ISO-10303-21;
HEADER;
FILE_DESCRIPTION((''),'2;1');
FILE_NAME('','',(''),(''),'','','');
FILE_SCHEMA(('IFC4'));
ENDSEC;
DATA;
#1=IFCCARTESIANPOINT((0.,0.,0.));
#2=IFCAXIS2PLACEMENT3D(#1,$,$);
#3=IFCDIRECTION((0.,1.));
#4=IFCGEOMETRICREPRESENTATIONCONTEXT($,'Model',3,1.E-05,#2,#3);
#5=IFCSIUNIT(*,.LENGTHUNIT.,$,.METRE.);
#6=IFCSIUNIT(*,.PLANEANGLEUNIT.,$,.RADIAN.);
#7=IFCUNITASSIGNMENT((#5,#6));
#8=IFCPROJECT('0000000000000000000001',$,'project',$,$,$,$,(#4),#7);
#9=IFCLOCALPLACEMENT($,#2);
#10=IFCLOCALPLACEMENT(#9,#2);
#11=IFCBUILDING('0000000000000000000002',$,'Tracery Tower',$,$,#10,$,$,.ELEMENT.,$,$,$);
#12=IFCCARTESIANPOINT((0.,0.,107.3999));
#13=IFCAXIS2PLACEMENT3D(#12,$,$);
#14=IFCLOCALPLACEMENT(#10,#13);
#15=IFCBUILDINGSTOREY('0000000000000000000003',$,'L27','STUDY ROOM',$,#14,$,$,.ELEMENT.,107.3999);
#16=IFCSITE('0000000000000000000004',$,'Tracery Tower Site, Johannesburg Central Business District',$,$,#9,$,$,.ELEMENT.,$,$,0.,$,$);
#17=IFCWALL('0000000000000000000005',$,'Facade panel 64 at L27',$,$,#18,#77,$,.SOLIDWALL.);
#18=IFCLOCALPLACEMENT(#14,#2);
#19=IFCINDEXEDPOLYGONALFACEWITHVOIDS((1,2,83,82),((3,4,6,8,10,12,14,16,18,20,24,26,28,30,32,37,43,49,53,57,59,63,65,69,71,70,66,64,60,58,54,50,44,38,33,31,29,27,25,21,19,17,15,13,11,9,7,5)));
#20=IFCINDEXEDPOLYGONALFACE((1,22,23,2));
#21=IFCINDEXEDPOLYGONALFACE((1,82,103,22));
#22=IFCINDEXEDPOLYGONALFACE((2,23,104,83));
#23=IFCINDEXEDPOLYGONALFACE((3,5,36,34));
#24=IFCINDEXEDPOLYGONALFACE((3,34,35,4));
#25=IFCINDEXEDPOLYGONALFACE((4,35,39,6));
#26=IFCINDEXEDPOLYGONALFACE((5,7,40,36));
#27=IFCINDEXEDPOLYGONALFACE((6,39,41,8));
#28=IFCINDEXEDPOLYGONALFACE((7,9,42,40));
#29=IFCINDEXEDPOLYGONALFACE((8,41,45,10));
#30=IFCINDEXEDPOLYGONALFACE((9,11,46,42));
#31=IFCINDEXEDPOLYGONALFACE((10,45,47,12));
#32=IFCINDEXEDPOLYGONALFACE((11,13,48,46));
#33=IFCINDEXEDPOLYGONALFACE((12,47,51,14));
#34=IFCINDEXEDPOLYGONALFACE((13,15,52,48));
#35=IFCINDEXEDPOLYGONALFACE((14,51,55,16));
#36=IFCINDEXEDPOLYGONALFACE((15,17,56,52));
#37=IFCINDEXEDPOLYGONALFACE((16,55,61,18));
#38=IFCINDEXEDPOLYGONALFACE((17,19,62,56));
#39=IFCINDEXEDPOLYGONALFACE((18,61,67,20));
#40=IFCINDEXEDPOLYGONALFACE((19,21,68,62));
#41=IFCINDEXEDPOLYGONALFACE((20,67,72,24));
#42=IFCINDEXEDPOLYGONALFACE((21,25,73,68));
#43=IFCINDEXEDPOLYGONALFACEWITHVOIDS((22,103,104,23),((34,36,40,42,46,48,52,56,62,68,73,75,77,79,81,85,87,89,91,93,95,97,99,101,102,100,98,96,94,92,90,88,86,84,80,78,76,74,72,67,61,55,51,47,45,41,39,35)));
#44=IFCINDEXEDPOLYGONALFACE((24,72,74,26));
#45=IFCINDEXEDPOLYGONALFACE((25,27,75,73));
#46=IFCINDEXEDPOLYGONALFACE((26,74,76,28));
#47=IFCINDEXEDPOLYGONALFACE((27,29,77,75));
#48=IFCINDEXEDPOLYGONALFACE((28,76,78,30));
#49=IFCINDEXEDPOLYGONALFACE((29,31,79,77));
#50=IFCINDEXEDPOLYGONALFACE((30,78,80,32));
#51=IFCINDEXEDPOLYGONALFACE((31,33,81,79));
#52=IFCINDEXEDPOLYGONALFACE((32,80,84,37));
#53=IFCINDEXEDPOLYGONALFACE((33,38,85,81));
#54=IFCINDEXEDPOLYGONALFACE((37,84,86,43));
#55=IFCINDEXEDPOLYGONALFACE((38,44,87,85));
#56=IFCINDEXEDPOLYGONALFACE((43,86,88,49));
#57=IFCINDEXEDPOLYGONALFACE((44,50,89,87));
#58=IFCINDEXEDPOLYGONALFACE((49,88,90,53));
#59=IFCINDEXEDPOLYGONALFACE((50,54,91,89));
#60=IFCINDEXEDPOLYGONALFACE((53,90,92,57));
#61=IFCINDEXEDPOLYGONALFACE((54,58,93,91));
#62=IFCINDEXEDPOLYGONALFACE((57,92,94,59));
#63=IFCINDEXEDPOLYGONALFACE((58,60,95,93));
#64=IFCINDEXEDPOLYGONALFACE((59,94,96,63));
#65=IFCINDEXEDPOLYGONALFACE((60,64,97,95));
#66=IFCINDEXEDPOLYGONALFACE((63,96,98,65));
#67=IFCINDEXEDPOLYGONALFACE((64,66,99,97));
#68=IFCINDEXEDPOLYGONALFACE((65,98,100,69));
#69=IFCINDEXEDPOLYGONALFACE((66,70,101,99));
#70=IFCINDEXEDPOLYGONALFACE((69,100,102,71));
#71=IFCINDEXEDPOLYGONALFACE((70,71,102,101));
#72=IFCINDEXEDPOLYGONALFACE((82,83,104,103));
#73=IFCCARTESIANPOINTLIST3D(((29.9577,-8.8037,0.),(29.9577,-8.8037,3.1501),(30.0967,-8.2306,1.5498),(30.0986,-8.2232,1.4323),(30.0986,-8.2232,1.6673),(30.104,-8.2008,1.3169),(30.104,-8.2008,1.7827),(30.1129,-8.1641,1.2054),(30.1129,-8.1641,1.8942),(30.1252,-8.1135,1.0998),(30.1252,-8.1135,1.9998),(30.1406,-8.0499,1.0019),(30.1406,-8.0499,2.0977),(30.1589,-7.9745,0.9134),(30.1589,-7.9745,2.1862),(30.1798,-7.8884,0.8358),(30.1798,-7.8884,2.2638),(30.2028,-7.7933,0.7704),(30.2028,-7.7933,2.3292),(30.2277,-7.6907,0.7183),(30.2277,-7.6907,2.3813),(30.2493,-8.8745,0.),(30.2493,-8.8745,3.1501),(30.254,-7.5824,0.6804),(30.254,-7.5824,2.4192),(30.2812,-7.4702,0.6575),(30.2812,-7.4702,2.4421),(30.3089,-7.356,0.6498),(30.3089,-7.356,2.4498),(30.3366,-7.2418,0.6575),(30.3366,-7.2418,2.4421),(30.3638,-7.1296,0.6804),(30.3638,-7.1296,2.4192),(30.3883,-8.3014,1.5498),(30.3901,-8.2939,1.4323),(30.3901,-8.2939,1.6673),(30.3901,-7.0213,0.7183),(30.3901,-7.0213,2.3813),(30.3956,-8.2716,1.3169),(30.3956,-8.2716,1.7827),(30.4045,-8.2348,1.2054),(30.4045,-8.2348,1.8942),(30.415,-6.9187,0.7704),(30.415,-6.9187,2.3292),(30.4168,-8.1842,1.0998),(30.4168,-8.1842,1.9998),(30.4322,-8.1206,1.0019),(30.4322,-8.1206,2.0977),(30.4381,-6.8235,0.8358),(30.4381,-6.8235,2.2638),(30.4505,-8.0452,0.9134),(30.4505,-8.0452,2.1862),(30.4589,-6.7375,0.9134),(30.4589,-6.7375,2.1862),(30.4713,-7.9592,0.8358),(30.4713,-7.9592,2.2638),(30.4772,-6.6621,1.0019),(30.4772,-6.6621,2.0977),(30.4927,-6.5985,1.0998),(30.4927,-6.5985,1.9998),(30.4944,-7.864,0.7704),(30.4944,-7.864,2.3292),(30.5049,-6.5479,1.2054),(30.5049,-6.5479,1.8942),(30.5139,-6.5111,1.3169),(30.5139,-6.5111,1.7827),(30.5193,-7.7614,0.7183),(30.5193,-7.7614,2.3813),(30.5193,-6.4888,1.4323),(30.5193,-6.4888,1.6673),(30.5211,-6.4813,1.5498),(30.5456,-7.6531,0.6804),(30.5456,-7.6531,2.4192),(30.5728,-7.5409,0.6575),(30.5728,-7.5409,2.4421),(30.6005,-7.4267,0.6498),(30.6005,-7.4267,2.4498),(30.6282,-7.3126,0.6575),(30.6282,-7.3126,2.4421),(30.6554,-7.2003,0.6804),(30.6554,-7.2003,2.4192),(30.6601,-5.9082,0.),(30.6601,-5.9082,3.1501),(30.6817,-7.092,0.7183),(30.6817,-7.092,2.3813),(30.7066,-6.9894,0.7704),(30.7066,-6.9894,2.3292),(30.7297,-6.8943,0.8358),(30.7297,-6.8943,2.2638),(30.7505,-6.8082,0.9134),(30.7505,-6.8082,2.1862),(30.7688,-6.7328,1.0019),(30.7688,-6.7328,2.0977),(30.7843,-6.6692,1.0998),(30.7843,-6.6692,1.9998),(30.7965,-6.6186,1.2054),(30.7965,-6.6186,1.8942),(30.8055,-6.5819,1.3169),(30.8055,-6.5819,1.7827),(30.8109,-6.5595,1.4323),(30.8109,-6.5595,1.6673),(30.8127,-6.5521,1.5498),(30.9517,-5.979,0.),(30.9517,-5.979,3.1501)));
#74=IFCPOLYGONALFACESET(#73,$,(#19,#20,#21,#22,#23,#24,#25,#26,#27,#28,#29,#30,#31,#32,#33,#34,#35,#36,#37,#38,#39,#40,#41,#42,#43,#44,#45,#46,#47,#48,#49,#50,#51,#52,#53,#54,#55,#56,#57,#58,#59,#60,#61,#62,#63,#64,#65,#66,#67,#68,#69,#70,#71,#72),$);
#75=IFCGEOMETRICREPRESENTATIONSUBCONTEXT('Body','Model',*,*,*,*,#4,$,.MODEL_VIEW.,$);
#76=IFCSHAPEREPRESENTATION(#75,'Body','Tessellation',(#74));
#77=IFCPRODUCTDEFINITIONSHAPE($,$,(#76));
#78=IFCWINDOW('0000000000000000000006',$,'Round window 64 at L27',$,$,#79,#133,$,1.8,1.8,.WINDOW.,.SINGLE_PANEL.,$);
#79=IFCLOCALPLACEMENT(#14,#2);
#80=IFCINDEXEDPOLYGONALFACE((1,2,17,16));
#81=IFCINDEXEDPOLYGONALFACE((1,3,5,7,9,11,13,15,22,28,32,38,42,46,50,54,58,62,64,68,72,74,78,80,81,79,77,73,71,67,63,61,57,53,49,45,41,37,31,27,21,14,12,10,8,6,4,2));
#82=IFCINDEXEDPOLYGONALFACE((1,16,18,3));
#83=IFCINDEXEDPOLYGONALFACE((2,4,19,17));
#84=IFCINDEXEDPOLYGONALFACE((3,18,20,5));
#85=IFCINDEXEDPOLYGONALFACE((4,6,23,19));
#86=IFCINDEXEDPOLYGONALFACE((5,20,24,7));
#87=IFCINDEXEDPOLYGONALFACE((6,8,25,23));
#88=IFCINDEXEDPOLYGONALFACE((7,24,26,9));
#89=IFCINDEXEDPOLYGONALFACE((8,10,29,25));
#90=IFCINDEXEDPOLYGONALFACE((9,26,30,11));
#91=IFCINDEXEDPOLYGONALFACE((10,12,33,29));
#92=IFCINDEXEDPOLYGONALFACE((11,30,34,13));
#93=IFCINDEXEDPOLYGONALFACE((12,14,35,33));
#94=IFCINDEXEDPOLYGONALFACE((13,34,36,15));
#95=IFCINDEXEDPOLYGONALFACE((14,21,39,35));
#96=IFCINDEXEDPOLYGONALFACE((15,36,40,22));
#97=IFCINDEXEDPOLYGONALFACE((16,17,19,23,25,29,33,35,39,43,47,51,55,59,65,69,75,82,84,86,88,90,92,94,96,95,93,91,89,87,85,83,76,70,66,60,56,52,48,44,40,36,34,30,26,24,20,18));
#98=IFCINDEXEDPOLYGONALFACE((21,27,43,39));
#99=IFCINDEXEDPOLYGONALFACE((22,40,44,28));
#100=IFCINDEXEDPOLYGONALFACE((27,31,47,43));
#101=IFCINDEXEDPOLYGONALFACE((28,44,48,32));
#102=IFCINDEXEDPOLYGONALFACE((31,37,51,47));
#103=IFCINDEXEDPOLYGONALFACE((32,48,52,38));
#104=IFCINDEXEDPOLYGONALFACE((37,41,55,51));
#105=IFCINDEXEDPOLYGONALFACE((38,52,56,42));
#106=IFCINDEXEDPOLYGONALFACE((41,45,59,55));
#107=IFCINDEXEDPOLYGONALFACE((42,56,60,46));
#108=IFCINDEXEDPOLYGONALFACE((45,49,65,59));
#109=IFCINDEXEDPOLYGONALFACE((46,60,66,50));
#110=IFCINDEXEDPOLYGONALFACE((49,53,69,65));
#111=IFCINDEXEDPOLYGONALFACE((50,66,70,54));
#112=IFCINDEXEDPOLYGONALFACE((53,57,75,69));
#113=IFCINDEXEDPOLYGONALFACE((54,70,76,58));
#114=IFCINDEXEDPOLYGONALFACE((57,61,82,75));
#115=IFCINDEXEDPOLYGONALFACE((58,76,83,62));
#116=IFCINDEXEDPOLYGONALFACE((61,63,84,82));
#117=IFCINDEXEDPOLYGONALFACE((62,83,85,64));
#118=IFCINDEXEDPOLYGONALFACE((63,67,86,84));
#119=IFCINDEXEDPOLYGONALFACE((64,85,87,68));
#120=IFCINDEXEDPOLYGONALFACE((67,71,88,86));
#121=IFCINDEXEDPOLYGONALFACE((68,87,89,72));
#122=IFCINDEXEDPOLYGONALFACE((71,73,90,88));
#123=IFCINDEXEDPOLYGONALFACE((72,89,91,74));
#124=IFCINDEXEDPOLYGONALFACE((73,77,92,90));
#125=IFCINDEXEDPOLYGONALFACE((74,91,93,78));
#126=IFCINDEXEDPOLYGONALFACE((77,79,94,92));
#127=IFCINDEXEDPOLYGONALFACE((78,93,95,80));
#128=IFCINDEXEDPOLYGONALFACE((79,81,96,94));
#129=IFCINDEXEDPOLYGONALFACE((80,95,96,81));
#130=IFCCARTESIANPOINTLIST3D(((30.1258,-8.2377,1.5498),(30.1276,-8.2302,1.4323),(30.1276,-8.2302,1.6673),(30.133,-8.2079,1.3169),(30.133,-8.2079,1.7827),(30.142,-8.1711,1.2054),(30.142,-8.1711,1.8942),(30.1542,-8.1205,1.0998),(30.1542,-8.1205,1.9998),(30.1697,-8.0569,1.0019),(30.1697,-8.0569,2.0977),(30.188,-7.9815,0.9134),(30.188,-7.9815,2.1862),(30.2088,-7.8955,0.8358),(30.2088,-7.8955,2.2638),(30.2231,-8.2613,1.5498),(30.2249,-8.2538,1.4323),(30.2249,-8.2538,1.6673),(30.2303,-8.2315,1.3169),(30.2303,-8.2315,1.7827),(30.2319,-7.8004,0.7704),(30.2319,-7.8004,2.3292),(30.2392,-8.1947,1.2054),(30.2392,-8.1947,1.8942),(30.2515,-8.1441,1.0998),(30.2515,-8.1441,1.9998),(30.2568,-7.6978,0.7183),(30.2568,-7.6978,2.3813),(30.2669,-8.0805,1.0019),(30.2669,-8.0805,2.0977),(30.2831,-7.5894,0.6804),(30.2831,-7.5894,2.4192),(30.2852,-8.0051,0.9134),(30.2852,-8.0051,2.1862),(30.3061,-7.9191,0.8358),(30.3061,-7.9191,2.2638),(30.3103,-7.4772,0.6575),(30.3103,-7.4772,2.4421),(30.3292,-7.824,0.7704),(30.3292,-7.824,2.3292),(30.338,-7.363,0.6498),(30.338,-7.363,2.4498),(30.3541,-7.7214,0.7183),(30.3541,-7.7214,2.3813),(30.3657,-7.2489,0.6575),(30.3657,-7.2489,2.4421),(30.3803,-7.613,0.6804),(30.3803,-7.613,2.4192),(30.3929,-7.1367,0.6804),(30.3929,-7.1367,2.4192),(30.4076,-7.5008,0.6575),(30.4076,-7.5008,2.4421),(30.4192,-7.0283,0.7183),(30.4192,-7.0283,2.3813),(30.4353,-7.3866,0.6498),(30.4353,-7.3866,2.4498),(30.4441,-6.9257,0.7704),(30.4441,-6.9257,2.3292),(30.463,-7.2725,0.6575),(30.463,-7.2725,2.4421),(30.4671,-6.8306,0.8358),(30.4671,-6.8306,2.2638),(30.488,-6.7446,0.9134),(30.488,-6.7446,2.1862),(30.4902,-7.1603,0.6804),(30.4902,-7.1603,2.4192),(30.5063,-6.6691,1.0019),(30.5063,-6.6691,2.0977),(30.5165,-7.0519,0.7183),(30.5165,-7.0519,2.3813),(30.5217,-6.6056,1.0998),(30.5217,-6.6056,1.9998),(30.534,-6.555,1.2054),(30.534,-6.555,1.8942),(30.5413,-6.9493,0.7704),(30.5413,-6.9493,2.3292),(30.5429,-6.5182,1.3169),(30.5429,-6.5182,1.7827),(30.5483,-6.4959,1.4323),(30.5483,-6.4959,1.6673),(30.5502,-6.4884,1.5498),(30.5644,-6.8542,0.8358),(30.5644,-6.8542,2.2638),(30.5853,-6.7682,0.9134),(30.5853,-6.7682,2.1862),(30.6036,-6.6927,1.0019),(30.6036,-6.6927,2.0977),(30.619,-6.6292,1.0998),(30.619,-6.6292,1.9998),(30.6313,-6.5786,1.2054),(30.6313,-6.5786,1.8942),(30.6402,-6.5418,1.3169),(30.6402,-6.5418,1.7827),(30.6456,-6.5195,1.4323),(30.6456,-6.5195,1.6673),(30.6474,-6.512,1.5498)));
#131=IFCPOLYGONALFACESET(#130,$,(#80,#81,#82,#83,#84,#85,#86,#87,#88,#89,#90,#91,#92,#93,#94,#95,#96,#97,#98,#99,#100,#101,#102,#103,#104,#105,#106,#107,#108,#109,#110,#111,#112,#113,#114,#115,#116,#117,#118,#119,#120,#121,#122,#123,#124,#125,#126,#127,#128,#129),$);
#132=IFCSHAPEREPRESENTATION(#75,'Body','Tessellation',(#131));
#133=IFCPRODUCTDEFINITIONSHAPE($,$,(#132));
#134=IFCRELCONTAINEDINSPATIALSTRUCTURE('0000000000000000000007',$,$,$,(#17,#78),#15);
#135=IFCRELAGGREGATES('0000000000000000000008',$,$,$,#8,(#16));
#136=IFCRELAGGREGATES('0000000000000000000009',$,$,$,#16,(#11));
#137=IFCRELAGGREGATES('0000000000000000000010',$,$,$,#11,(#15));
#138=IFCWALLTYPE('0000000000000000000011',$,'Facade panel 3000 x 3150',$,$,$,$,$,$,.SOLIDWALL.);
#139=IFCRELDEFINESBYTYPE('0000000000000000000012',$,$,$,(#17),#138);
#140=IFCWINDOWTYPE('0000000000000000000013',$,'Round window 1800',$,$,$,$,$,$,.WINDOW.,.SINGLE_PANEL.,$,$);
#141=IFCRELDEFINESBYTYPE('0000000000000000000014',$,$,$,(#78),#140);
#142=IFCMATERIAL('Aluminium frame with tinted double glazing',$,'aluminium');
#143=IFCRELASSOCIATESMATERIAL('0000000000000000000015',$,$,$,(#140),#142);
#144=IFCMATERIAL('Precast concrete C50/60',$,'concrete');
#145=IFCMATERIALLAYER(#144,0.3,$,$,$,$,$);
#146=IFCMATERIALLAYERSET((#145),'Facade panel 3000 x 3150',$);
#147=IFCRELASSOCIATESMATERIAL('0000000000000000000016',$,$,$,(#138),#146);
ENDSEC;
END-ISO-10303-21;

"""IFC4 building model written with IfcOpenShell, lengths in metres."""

from ifc_helpers import new_model, si_unit, direction, frame, frame_2d, origin, origin_2d, place, context, subcontext, project, spatial, rectangle, circle, extrude, material, layer, layer_set, type_object, element, fill, save


model = new_model("IFC4")

# Units and contexts
model_context = context("Model", 3, precision=1e-05, world=origin(), true_north=direction((0.0, 1.0)))
body_context = subcontext(model_context, "Body", "Model", "MODEL_VIEW")
ifc_project = project(units=[si_unit("LENGTHUNIT", "METRE"), si_unit("PLANEANGLEUNIT", "RADIAN")], contexts=[model_context])

# Site, building, storey
site_placement = place(None, origin())
site = spatial("IfcSite", under=ifc_project, at=site_placement, Name="Tracery Tower Site, Johannesburg Central Business District", CompositionType="ELEMENT", RefElevation=0.0)
building_placement = place(site_placement, origin())
building = spatial("IfcBuilding", under=site, at=building_placement, Name="Tracery Tower", CompositionType="ELEMENT")
storey_placement = place(building_placement, frame((0.0, 0.0, 107.3999)))
storey = spatial("IfcBuildingStorey", under=building, at=storey_placement, Name="L27", Description="STUDY ROOM", CompositionType="ELEMENT", Elevation=107.3999)

# Wall, opening, window
ifc_material_1 = material(Name="Aluminium frame with tinted double glazing", Category="aluminium")
window_type = type_object("IfcWindowType", Name="Round window 1800", PartitioningType="SINGLE_PANEL", PredefinedType="WINDOW", material=ifc_material_1)
ifc_material_2 = material(Name="Precast concrete C50/60", Category="concrete")
ifc_layer_1 = layer(ifc_material_2, 0.3)
ifc_layer_set_1 = layer_set([ifc_layer_1], Name="Facade panel 3000 x 3150")
wall_type_1 = type_object("IfcWallType", Name="Facade panel 3000 x 3150", PredefinedType="SOLIDWALL", material=ifc_layer_set_1)
wall_1_placement = place(storey_placement, frame((30.1035, -8.8391, 0.0), z_axis=(0.0, 0.0, 1.0), x_axis=(0.235743, 0.971815, 0.0)))
wall_1 = element("IfcWall", 1, at=wall_1_placement, inside=storey, type_object=wall_type_1, Name="Facade panel 64 at L27", PredefinedType="SOLIDWALL", context=body_context, shape_type="SweptSolid", body=[
    extrude(rectangle(XDim=2.9795, YDim=0.3, at=frame_2d((1.4897, 0.0))), origin(), (0.0, 0.0, 1.0), 3.1501),
])
opening_1_placement = place(wall_1_placement, frame((1.4897, 0.0, 1.5498)))
opening_1 = element("IfcOpeningElement", 2, at=opening_1_placement, cuts=wall_1, PredefinedType="OPENING", context=body_context, shape_type="SweptSolid", body=[
    extrude(circle(Radius=0.9, at=origin_2d()), frame((0.0, 0.1599, 0.0), z_axis=(0.0, -1.0, 0.0), x_axis=(1.0, 0.0, 0.0)), (0.0, 0.0, 1.0), 0.3201),
])
window_1_placement = place(opening_1_placement, origin())
window_1 = element("IfcWindow", 3, at=window_1_placement, inside=storey, type_object=window_type, Name="Round window 64 at L27", OverallHeight=1.8, OverallWidth=1.8, PartitioningType="SINGLE_PANEL", PredefinedType="WINDOW", context=body_context, shape_type="SweptSolid", body=[
    extrude(circle(Radius=0.9, at=origin_2d()), frame((0.0, 0.1201, 0.0), z_axis=(0.0, -1.0, 0.0), x_axis=(1.0, 0.0, 0.0)), (0.0, 0.0, 1.0), 0.1001),
])
fill(opening_1, window_1)

save(model, "model.ifc")
